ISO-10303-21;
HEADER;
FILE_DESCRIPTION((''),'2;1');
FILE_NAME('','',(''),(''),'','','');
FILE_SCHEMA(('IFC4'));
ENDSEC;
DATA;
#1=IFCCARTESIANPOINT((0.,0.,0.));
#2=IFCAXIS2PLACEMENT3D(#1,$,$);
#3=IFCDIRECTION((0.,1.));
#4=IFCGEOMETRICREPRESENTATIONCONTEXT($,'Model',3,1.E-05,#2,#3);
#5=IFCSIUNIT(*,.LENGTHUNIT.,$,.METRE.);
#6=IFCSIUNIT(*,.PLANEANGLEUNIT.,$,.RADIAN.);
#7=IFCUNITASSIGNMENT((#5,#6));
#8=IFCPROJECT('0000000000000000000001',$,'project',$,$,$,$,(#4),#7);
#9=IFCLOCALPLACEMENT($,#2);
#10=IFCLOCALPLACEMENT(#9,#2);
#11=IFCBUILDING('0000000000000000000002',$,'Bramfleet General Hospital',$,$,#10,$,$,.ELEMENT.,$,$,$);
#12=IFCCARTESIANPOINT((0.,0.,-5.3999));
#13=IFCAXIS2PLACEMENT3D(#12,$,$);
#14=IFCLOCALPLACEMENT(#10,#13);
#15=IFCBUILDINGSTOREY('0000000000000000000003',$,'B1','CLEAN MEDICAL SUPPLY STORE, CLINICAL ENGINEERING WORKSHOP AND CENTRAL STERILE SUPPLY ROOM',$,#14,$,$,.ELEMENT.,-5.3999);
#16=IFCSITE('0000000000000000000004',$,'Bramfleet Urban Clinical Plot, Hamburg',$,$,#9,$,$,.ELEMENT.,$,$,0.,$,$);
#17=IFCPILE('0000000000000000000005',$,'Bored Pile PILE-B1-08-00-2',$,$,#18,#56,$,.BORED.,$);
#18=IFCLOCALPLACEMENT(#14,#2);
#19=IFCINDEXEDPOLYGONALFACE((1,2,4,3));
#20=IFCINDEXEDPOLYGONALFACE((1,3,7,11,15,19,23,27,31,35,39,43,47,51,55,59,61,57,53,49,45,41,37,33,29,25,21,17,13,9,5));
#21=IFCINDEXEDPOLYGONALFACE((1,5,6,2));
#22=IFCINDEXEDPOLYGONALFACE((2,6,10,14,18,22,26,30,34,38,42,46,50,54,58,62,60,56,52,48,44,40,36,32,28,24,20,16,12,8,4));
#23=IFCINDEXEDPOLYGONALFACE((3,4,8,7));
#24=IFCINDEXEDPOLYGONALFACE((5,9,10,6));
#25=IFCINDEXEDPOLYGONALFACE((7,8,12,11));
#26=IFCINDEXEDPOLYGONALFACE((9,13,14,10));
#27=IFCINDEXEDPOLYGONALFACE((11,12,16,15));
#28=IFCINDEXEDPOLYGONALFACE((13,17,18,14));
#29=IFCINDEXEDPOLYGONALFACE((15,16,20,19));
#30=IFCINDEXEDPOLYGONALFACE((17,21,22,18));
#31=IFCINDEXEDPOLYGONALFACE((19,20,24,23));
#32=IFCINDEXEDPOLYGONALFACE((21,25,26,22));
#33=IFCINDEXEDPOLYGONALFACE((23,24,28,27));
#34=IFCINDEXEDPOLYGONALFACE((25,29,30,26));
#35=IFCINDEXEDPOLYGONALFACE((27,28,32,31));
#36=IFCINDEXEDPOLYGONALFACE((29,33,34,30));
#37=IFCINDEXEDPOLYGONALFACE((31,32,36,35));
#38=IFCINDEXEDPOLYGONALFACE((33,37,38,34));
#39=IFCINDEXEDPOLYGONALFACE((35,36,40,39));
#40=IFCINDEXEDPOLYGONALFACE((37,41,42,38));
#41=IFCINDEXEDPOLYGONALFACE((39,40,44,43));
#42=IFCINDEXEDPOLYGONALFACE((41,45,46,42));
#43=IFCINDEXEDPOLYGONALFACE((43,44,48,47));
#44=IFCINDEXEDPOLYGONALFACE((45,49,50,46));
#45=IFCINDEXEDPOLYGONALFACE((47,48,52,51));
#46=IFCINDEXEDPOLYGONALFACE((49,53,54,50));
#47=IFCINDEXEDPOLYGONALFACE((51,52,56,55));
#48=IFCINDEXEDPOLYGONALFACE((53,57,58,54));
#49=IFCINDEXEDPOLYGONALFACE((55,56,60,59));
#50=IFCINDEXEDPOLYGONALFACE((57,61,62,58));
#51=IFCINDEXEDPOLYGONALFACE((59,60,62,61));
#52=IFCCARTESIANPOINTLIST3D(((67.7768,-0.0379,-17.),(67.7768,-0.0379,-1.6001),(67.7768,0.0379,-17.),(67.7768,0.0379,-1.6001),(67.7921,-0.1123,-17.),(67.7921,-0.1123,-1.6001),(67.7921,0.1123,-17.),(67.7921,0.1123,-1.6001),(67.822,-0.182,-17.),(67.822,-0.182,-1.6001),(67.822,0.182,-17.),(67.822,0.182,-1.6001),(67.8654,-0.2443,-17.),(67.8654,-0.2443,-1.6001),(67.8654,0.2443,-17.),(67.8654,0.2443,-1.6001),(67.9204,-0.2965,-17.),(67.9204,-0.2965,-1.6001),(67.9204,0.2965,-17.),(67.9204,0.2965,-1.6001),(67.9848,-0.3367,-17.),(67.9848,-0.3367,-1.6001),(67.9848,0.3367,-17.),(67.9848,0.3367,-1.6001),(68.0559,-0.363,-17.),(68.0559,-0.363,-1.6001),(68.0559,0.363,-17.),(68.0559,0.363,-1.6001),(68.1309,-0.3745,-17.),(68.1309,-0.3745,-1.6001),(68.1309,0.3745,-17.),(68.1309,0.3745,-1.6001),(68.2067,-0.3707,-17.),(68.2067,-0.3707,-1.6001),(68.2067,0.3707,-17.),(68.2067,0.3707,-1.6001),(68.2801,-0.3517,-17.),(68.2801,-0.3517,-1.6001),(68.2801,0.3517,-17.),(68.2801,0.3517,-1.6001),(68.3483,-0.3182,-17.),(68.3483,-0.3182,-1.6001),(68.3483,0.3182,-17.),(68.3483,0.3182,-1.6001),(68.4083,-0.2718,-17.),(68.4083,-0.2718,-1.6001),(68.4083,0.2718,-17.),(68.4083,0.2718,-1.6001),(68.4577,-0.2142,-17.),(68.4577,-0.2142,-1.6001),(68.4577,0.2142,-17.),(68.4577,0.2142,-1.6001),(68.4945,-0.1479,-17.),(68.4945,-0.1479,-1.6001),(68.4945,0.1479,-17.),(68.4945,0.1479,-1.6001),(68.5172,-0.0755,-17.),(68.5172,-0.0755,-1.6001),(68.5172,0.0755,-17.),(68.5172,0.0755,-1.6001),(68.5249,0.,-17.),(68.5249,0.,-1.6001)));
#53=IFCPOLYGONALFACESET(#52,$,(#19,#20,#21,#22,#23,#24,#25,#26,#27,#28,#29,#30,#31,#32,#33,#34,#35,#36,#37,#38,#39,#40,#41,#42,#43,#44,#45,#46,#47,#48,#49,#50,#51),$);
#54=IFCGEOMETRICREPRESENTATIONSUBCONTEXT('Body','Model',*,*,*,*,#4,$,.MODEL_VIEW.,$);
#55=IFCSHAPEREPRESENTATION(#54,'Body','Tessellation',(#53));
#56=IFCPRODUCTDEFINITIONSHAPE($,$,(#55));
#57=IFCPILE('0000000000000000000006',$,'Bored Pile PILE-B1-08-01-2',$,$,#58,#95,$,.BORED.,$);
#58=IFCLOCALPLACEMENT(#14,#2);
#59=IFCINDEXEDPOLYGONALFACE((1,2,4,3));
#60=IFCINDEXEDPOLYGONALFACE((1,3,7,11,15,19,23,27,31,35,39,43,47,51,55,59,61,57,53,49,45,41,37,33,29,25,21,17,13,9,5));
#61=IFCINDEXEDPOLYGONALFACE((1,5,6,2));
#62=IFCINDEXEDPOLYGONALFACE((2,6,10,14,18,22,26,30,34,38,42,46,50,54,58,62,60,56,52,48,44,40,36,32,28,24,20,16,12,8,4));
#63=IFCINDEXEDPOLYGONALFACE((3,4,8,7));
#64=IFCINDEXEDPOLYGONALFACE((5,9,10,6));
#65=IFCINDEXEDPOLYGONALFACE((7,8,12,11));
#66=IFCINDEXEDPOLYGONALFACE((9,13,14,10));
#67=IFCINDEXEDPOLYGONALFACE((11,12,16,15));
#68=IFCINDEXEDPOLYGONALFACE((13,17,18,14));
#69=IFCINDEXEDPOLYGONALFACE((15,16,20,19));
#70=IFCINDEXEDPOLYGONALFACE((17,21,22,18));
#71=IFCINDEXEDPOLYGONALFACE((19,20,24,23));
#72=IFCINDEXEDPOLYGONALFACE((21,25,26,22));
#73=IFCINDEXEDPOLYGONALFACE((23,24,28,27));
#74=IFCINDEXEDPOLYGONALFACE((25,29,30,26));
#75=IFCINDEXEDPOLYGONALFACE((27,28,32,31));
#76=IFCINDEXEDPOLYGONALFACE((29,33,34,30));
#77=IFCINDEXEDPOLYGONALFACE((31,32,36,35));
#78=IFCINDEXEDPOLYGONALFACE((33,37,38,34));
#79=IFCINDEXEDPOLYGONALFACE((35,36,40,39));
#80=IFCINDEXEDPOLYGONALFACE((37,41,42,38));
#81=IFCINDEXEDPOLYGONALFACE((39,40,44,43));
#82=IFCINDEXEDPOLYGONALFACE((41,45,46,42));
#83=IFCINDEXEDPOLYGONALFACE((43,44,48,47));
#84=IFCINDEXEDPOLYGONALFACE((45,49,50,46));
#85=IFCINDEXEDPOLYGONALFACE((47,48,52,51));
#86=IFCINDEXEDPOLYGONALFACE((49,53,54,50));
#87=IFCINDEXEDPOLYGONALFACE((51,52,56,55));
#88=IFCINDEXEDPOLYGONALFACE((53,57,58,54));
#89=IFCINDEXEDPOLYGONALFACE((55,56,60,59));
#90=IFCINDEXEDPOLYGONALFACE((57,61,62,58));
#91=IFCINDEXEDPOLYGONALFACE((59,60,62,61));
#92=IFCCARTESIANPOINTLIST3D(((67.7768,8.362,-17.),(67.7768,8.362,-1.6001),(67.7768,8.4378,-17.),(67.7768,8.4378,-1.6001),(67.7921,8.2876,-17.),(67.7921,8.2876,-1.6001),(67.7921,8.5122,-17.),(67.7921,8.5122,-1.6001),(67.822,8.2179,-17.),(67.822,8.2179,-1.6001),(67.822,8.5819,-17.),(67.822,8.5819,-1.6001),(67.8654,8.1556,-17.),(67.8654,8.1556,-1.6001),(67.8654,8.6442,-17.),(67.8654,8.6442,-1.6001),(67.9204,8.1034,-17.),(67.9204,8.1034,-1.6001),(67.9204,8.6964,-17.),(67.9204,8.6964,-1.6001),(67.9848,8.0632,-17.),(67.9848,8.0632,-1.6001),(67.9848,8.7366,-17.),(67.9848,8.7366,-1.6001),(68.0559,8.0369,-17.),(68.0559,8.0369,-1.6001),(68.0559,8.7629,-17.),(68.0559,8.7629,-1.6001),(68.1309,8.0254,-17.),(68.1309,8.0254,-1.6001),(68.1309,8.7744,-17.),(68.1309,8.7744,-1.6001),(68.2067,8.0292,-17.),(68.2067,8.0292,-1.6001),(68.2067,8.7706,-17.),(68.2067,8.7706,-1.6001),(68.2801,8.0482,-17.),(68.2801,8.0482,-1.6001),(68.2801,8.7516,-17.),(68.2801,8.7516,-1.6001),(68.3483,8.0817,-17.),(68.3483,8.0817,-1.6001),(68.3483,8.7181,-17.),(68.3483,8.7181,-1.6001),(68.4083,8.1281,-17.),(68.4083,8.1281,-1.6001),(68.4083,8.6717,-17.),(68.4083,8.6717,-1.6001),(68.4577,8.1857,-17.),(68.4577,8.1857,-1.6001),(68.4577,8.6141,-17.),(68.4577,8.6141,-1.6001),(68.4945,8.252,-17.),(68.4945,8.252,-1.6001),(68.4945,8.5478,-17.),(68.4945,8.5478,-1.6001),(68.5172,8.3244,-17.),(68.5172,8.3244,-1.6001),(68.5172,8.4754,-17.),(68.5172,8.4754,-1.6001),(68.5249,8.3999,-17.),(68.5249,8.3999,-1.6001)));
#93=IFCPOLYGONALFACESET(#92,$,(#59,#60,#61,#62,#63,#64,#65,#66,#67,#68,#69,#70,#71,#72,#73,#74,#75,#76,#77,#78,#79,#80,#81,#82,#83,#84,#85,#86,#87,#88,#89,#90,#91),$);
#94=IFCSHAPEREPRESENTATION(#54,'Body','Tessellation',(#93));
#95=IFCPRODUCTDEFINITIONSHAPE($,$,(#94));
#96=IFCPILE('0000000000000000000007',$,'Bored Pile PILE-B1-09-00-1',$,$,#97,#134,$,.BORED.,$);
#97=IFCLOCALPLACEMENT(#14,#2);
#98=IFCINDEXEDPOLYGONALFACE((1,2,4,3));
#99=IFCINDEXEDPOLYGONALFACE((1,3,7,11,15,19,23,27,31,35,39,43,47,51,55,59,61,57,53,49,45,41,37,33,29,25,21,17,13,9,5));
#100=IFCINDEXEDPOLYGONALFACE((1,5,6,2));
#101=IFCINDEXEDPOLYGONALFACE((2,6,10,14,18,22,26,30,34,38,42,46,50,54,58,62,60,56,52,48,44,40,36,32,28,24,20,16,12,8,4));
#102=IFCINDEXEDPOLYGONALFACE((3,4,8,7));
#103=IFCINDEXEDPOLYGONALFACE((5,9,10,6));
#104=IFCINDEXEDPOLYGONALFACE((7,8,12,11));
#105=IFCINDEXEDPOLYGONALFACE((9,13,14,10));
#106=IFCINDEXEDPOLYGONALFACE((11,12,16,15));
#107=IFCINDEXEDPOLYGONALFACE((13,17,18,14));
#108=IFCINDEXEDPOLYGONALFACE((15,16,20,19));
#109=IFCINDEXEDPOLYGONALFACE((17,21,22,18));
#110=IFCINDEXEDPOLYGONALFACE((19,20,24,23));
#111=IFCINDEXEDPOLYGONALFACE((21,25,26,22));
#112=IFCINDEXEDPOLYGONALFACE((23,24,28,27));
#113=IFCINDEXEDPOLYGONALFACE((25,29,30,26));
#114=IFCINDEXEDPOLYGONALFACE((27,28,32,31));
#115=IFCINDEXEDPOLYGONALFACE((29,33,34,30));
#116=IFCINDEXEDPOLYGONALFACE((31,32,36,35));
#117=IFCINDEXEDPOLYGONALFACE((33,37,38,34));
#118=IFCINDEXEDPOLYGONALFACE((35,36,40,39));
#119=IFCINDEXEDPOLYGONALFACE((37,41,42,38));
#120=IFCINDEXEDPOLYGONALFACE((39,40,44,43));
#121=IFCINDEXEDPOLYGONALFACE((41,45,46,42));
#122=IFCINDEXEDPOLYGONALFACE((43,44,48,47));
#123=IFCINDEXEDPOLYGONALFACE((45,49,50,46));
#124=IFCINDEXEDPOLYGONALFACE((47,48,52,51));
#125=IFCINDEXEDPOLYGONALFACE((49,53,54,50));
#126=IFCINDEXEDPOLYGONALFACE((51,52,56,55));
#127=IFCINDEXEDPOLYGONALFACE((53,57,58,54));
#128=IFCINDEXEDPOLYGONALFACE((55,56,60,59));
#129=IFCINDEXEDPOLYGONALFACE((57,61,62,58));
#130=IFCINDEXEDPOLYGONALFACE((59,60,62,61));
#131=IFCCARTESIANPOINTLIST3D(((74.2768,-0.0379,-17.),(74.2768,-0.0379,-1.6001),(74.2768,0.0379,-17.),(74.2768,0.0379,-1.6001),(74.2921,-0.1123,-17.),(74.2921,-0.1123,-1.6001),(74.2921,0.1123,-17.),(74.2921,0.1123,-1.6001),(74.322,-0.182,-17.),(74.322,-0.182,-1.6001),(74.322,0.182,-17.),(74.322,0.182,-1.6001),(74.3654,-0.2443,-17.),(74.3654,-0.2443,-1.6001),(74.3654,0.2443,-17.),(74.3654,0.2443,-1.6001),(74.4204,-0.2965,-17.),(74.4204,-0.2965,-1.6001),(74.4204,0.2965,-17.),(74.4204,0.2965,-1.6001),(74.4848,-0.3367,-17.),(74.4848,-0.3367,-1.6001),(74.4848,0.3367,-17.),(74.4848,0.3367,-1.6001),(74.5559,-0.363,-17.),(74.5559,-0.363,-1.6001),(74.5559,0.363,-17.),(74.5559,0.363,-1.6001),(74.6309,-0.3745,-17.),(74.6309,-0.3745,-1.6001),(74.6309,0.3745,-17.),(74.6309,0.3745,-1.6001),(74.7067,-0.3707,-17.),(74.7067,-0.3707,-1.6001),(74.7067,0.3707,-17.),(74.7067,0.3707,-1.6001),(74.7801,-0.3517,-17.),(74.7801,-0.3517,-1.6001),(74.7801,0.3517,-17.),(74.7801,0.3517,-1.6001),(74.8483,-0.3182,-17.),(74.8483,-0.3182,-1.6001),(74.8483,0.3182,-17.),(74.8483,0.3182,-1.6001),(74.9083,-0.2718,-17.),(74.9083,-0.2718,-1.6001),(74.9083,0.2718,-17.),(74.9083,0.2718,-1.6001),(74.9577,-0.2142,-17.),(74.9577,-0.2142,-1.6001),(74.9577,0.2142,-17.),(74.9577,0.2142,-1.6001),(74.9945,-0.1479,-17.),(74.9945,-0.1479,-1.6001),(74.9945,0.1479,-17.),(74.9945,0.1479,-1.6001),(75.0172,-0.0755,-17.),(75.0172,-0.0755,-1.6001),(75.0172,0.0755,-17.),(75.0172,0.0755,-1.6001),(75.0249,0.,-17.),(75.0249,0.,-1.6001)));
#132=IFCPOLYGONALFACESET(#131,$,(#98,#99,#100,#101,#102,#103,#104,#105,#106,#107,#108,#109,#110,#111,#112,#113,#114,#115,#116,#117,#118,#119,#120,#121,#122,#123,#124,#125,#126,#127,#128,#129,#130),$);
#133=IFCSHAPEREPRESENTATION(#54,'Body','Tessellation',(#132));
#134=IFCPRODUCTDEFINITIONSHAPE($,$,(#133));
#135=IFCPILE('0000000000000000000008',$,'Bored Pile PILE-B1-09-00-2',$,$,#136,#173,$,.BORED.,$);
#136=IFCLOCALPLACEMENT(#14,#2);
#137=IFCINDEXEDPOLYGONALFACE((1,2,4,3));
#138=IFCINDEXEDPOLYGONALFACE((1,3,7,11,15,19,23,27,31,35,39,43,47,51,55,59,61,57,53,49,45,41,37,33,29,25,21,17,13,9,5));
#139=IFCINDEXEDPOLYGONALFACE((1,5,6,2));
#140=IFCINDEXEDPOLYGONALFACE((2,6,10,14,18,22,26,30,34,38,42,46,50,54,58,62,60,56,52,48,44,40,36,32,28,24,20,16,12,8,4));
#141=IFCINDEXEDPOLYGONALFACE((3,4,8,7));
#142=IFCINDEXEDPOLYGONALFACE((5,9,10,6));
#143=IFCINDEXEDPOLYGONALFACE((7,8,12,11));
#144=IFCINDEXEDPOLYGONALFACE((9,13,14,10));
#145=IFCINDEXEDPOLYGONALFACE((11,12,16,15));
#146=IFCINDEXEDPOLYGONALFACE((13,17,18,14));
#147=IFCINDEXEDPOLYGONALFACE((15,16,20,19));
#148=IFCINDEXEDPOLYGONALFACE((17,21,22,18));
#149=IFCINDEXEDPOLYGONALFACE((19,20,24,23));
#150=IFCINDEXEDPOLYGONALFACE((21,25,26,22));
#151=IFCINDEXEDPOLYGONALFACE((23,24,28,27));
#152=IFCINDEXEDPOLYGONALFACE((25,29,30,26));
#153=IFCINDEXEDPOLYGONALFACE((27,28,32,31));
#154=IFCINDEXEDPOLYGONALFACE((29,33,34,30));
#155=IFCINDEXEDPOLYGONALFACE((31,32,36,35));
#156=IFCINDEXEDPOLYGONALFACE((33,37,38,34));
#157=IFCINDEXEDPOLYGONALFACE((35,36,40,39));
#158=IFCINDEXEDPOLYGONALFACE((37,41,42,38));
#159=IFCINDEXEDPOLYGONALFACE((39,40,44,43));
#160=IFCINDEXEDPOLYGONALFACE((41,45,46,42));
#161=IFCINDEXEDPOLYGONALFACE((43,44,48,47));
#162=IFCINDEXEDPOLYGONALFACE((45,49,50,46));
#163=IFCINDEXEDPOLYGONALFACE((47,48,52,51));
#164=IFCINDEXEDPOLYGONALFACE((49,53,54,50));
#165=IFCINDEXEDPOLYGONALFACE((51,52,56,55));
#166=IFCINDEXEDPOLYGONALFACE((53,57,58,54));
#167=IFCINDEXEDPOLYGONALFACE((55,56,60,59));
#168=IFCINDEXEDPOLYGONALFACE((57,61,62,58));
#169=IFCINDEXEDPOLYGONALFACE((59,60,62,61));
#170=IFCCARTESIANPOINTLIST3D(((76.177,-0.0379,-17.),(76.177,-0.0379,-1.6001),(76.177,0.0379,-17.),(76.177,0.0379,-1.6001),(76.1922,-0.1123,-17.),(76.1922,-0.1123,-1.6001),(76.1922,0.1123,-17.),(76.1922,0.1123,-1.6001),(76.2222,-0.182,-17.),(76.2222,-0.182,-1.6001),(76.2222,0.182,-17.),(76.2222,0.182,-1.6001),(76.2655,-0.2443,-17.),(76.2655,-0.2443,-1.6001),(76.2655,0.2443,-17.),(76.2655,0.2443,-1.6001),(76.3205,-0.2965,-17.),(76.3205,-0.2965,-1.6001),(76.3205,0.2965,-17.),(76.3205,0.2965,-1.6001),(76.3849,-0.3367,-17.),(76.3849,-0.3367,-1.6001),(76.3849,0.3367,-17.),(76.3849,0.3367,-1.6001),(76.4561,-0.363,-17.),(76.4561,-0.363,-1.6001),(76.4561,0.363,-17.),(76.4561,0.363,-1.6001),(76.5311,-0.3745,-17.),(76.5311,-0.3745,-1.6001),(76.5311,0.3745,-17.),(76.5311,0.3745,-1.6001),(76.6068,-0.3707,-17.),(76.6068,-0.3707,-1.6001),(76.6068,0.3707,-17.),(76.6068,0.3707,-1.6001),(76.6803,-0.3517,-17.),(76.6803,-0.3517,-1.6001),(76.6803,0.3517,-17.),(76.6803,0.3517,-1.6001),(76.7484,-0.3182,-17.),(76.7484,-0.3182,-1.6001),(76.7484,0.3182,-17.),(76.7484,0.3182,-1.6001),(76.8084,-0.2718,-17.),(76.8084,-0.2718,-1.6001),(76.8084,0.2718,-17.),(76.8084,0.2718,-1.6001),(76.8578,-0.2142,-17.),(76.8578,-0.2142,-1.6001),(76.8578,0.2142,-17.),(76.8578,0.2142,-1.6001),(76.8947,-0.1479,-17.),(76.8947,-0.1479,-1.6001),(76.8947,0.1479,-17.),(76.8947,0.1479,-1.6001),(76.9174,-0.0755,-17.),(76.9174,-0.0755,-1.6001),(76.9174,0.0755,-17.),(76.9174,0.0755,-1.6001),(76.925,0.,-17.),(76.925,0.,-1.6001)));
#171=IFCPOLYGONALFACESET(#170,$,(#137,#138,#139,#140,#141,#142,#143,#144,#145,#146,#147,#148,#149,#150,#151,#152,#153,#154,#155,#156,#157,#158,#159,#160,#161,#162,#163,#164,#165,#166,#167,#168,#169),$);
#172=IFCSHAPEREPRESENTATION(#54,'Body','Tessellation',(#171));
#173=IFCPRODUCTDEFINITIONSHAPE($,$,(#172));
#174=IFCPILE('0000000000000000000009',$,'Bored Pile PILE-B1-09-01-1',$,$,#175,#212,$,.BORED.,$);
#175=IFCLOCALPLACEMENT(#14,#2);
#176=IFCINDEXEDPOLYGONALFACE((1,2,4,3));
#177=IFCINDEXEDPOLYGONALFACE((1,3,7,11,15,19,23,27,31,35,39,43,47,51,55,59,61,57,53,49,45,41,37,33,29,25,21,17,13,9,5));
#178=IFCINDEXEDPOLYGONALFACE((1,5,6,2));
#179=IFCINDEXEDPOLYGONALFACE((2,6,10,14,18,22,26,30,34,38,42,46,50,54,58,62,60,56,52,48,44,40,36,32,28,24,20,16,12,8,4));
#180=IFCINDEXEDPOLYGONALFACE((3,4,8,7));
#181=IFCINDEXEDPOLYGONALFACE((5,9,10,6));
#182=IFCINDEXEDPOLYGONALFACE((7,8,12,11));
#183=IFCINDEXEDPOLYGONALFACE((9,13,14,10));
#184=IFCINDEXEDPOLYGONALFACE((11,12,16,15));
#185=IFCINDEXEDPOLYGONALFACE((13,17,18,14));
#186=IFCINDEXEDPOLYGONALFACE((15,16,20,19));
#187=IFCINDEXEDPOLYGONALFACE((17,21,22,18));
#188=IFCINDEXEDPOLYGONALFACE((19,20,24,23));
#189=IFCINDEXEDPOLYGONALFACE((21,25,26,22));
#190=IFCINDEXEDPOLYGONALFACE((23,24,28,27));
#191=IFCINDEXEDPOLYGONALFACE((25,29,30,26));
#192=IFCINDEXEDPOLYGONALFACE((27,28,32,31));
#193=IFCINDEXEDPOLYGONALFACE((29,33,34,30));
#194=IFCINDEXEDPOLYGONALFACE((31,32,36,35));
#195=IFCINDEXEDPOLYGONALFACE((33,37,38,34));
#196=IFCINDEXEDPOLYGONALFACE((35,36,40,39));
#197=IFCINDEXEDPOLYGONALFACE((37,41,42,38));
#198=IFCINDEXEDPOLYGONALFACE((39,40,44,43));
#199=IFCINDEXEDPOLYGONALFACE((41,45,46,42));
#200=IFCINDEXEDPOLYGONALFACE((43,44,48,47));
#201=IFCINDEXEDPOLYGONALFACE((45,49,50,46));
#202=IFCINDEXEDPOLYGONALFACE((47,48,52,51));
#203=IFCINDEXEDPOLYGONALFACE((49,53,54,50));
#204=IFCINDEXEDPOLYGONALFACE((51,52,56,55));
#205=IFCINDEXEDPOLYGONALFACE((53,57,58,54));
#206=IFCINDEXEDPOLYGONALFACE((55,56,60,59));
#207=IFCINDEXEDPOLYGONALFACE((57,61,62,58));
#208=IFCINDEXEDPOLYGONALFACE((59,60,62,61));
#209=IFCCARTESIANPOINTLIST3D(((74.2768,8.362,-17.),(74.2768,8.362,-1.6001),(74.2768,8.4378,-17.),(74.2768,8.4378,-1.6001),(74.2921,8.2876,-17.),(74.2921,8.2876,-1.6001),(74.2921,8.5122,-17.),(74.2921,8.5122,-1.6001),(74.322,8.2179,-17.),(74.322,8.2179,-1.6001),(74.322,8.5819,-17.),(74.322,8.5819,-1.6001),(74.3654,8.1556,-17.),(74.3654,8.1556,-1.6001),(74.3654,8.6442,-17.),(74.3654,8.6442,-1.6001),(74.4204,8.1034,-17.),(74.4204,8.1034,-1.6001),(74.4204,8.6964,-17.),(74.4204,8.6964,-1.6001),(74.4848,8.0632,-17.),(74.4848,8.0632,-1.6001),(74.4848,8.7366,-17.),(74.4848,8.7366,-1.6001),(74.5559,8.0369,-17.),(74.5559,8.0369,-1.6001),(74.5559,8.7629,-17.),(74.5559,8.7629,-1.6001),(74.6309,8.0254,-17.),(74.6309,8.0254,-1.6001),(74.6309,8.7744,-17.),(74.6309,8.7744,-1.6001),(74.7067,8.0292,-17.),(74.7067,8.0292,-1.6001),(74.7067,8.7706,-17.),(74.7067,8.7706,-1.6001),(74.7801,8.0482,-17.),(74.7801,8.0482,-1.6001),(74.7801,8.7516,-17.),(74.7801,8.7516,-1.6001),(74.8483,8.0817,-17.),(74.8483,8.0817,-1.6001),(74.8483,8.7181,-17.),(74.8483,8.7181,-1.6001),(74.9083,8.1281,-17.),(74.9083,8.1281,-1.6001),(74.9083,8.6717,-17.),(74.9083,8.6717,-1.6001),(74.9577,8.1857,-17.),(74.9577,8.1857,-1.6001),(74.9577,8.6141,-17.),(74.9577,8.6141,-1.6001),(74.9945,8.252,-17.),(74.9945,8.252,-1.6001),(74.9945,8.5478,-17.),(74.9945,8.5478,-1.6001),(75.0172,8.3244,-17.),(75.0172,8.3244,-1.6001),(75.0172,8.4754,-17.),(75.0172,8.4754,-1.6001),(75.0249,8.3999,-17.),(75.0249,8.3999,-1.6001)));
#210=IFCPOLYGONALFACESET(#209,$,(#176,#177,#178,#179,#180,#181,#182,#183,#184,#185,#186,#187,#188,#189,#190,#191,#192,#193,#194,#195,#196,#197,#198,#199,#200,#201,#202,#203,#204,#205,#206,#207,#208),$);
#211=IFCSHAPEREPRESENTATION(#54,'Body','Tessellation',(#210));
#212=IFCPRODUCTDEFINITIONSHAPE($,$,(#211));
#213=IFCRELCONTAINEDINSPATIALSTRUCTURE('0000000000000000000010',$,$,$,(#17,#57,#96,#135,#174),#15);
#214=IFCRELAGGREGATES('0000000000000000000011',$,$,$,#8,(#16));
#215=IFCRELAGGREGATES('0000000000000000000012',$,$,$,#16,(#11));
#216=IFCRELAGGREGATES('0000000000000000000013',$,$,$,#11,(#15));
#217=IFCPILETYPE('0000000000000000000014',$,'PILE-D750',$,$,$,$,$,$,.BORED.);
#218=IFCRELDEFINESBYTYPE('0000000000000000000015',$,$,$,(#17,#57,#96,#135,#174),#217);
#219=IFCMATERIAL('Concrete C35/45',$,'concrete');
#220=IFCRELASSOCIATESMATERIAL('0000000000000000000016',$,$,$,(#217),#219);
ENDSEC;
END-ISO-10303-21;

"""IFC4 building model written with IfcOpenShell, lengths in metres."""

from ifc_helpers import new_model, si_unit, direction, frame, origin, origin_2d, place, context, subcontext, project, spatial, circle, extrude, material, material_profile, profile_set, type_object, element, save


model = new_model("IFC4")

# Units and contexts
model_context = context("Model", 3, precision=1e-05, world=origin(), true_north=direction((0.0, 1.0)))
body_context = subcontext(model_context, "Body", "Model", "MODEL_VIEW")
ifc_project = project(units=[si_unit("LENGTHUNIT", "METRE"), si_unit("PLANEANGLEUNIT", "RADIAN")], contexts=[model_context])

# Site, building, storey
site_placement = place(None, origin())
site = spatial("IfcSite", under=ifc_project, at=site_placement, Name="Bramfleet Urban Clinical Plot, Hamburg", CompositionType="ELEMENT", RefElevation=0.0)
building_placement = place(site_placement, origin())
building = spatial("IfcBuilding", under=site, at=building_placement, Name="Bramfleet General Hospital", CompositionType="ELEMENT")
storey_placement = place(building_placement, frame((0.0, 0.0, -5.3999)))
storey = spatial("IfcBuildingStorey", under=building, at=storey_placement, Name="B1", Description="CLEAN MEDICAL SUPPLY STORE, CLINICAL ENGINEERING WORKSHOP AND CENTRAL STERILE SUPPLY ROOM", CompositionType="ELEMENT", Elevation=-5.3999)

# Shared definitions
ifc_material_1 = material(Name="Concrete C35/45", Category="concrete")

# Piles
ifc_material_profile_1 = material_profile(ifc_material_1, circle(Radius=0.375, at=origin_2d()), Name="PILE BORED D750")
ifc_profile_set_1 = profile_set([ifc_material_profile_1], Name="Concrete C35/45")
pile_type = type_object("IfcPileType", Name="PILE-D750", PredefinedType="BORED", material=ifc_profile_set_1)
for number, where, z_axis, x_axis, name in (
    (1, (68.1499, 0.0, -1.6001), (0.0, 0.0, -1.0), (1.0, 0.0, 0.0), "Bored Pile PILE-B1-08-00-2"),
    (2, (68.1499, 8.3999, -1.6001), (0.0, 0.0, -1.0), (1.0, 0.0, 0.0), "Bored Pile PILE-B1-08-01-2"),
    (3, (74.6499, 0.0, -1.6001), (0.0, 0.0, -1.0), (1.0, 0.0, 0.0), "Bored Pile PILE-B1-09-00-1"),
    (4, (76.55, 0.0, -1.6001), (0.0, 0.0, -1.0), (1.0, 0.0, 0.0), "Bored Pile PILE-B1-09-00-2"),
    (5, (74.6499, 8.3999, -1.6001), (0.0, 0.0, -1.0), (1.0, 0.0, 0.0), "Bored Pile PILE-B1-09-01-1"),
):
    element("IfcPile", number, at=place(storey_placement, frame(where, z_axis=z_axis, x_axis=x_axis)), inside=storey, type_object=pile_type, Name=name, PredefinedType="BORED", context=body_context, shape_type="SweptSolid", body=[
        extrude(circle(Radius=0.375, at=origin_2d()), origin(), (0.0, 0.0, 1.0), 15.3999),
    ])

save(model, "model.ifc")
